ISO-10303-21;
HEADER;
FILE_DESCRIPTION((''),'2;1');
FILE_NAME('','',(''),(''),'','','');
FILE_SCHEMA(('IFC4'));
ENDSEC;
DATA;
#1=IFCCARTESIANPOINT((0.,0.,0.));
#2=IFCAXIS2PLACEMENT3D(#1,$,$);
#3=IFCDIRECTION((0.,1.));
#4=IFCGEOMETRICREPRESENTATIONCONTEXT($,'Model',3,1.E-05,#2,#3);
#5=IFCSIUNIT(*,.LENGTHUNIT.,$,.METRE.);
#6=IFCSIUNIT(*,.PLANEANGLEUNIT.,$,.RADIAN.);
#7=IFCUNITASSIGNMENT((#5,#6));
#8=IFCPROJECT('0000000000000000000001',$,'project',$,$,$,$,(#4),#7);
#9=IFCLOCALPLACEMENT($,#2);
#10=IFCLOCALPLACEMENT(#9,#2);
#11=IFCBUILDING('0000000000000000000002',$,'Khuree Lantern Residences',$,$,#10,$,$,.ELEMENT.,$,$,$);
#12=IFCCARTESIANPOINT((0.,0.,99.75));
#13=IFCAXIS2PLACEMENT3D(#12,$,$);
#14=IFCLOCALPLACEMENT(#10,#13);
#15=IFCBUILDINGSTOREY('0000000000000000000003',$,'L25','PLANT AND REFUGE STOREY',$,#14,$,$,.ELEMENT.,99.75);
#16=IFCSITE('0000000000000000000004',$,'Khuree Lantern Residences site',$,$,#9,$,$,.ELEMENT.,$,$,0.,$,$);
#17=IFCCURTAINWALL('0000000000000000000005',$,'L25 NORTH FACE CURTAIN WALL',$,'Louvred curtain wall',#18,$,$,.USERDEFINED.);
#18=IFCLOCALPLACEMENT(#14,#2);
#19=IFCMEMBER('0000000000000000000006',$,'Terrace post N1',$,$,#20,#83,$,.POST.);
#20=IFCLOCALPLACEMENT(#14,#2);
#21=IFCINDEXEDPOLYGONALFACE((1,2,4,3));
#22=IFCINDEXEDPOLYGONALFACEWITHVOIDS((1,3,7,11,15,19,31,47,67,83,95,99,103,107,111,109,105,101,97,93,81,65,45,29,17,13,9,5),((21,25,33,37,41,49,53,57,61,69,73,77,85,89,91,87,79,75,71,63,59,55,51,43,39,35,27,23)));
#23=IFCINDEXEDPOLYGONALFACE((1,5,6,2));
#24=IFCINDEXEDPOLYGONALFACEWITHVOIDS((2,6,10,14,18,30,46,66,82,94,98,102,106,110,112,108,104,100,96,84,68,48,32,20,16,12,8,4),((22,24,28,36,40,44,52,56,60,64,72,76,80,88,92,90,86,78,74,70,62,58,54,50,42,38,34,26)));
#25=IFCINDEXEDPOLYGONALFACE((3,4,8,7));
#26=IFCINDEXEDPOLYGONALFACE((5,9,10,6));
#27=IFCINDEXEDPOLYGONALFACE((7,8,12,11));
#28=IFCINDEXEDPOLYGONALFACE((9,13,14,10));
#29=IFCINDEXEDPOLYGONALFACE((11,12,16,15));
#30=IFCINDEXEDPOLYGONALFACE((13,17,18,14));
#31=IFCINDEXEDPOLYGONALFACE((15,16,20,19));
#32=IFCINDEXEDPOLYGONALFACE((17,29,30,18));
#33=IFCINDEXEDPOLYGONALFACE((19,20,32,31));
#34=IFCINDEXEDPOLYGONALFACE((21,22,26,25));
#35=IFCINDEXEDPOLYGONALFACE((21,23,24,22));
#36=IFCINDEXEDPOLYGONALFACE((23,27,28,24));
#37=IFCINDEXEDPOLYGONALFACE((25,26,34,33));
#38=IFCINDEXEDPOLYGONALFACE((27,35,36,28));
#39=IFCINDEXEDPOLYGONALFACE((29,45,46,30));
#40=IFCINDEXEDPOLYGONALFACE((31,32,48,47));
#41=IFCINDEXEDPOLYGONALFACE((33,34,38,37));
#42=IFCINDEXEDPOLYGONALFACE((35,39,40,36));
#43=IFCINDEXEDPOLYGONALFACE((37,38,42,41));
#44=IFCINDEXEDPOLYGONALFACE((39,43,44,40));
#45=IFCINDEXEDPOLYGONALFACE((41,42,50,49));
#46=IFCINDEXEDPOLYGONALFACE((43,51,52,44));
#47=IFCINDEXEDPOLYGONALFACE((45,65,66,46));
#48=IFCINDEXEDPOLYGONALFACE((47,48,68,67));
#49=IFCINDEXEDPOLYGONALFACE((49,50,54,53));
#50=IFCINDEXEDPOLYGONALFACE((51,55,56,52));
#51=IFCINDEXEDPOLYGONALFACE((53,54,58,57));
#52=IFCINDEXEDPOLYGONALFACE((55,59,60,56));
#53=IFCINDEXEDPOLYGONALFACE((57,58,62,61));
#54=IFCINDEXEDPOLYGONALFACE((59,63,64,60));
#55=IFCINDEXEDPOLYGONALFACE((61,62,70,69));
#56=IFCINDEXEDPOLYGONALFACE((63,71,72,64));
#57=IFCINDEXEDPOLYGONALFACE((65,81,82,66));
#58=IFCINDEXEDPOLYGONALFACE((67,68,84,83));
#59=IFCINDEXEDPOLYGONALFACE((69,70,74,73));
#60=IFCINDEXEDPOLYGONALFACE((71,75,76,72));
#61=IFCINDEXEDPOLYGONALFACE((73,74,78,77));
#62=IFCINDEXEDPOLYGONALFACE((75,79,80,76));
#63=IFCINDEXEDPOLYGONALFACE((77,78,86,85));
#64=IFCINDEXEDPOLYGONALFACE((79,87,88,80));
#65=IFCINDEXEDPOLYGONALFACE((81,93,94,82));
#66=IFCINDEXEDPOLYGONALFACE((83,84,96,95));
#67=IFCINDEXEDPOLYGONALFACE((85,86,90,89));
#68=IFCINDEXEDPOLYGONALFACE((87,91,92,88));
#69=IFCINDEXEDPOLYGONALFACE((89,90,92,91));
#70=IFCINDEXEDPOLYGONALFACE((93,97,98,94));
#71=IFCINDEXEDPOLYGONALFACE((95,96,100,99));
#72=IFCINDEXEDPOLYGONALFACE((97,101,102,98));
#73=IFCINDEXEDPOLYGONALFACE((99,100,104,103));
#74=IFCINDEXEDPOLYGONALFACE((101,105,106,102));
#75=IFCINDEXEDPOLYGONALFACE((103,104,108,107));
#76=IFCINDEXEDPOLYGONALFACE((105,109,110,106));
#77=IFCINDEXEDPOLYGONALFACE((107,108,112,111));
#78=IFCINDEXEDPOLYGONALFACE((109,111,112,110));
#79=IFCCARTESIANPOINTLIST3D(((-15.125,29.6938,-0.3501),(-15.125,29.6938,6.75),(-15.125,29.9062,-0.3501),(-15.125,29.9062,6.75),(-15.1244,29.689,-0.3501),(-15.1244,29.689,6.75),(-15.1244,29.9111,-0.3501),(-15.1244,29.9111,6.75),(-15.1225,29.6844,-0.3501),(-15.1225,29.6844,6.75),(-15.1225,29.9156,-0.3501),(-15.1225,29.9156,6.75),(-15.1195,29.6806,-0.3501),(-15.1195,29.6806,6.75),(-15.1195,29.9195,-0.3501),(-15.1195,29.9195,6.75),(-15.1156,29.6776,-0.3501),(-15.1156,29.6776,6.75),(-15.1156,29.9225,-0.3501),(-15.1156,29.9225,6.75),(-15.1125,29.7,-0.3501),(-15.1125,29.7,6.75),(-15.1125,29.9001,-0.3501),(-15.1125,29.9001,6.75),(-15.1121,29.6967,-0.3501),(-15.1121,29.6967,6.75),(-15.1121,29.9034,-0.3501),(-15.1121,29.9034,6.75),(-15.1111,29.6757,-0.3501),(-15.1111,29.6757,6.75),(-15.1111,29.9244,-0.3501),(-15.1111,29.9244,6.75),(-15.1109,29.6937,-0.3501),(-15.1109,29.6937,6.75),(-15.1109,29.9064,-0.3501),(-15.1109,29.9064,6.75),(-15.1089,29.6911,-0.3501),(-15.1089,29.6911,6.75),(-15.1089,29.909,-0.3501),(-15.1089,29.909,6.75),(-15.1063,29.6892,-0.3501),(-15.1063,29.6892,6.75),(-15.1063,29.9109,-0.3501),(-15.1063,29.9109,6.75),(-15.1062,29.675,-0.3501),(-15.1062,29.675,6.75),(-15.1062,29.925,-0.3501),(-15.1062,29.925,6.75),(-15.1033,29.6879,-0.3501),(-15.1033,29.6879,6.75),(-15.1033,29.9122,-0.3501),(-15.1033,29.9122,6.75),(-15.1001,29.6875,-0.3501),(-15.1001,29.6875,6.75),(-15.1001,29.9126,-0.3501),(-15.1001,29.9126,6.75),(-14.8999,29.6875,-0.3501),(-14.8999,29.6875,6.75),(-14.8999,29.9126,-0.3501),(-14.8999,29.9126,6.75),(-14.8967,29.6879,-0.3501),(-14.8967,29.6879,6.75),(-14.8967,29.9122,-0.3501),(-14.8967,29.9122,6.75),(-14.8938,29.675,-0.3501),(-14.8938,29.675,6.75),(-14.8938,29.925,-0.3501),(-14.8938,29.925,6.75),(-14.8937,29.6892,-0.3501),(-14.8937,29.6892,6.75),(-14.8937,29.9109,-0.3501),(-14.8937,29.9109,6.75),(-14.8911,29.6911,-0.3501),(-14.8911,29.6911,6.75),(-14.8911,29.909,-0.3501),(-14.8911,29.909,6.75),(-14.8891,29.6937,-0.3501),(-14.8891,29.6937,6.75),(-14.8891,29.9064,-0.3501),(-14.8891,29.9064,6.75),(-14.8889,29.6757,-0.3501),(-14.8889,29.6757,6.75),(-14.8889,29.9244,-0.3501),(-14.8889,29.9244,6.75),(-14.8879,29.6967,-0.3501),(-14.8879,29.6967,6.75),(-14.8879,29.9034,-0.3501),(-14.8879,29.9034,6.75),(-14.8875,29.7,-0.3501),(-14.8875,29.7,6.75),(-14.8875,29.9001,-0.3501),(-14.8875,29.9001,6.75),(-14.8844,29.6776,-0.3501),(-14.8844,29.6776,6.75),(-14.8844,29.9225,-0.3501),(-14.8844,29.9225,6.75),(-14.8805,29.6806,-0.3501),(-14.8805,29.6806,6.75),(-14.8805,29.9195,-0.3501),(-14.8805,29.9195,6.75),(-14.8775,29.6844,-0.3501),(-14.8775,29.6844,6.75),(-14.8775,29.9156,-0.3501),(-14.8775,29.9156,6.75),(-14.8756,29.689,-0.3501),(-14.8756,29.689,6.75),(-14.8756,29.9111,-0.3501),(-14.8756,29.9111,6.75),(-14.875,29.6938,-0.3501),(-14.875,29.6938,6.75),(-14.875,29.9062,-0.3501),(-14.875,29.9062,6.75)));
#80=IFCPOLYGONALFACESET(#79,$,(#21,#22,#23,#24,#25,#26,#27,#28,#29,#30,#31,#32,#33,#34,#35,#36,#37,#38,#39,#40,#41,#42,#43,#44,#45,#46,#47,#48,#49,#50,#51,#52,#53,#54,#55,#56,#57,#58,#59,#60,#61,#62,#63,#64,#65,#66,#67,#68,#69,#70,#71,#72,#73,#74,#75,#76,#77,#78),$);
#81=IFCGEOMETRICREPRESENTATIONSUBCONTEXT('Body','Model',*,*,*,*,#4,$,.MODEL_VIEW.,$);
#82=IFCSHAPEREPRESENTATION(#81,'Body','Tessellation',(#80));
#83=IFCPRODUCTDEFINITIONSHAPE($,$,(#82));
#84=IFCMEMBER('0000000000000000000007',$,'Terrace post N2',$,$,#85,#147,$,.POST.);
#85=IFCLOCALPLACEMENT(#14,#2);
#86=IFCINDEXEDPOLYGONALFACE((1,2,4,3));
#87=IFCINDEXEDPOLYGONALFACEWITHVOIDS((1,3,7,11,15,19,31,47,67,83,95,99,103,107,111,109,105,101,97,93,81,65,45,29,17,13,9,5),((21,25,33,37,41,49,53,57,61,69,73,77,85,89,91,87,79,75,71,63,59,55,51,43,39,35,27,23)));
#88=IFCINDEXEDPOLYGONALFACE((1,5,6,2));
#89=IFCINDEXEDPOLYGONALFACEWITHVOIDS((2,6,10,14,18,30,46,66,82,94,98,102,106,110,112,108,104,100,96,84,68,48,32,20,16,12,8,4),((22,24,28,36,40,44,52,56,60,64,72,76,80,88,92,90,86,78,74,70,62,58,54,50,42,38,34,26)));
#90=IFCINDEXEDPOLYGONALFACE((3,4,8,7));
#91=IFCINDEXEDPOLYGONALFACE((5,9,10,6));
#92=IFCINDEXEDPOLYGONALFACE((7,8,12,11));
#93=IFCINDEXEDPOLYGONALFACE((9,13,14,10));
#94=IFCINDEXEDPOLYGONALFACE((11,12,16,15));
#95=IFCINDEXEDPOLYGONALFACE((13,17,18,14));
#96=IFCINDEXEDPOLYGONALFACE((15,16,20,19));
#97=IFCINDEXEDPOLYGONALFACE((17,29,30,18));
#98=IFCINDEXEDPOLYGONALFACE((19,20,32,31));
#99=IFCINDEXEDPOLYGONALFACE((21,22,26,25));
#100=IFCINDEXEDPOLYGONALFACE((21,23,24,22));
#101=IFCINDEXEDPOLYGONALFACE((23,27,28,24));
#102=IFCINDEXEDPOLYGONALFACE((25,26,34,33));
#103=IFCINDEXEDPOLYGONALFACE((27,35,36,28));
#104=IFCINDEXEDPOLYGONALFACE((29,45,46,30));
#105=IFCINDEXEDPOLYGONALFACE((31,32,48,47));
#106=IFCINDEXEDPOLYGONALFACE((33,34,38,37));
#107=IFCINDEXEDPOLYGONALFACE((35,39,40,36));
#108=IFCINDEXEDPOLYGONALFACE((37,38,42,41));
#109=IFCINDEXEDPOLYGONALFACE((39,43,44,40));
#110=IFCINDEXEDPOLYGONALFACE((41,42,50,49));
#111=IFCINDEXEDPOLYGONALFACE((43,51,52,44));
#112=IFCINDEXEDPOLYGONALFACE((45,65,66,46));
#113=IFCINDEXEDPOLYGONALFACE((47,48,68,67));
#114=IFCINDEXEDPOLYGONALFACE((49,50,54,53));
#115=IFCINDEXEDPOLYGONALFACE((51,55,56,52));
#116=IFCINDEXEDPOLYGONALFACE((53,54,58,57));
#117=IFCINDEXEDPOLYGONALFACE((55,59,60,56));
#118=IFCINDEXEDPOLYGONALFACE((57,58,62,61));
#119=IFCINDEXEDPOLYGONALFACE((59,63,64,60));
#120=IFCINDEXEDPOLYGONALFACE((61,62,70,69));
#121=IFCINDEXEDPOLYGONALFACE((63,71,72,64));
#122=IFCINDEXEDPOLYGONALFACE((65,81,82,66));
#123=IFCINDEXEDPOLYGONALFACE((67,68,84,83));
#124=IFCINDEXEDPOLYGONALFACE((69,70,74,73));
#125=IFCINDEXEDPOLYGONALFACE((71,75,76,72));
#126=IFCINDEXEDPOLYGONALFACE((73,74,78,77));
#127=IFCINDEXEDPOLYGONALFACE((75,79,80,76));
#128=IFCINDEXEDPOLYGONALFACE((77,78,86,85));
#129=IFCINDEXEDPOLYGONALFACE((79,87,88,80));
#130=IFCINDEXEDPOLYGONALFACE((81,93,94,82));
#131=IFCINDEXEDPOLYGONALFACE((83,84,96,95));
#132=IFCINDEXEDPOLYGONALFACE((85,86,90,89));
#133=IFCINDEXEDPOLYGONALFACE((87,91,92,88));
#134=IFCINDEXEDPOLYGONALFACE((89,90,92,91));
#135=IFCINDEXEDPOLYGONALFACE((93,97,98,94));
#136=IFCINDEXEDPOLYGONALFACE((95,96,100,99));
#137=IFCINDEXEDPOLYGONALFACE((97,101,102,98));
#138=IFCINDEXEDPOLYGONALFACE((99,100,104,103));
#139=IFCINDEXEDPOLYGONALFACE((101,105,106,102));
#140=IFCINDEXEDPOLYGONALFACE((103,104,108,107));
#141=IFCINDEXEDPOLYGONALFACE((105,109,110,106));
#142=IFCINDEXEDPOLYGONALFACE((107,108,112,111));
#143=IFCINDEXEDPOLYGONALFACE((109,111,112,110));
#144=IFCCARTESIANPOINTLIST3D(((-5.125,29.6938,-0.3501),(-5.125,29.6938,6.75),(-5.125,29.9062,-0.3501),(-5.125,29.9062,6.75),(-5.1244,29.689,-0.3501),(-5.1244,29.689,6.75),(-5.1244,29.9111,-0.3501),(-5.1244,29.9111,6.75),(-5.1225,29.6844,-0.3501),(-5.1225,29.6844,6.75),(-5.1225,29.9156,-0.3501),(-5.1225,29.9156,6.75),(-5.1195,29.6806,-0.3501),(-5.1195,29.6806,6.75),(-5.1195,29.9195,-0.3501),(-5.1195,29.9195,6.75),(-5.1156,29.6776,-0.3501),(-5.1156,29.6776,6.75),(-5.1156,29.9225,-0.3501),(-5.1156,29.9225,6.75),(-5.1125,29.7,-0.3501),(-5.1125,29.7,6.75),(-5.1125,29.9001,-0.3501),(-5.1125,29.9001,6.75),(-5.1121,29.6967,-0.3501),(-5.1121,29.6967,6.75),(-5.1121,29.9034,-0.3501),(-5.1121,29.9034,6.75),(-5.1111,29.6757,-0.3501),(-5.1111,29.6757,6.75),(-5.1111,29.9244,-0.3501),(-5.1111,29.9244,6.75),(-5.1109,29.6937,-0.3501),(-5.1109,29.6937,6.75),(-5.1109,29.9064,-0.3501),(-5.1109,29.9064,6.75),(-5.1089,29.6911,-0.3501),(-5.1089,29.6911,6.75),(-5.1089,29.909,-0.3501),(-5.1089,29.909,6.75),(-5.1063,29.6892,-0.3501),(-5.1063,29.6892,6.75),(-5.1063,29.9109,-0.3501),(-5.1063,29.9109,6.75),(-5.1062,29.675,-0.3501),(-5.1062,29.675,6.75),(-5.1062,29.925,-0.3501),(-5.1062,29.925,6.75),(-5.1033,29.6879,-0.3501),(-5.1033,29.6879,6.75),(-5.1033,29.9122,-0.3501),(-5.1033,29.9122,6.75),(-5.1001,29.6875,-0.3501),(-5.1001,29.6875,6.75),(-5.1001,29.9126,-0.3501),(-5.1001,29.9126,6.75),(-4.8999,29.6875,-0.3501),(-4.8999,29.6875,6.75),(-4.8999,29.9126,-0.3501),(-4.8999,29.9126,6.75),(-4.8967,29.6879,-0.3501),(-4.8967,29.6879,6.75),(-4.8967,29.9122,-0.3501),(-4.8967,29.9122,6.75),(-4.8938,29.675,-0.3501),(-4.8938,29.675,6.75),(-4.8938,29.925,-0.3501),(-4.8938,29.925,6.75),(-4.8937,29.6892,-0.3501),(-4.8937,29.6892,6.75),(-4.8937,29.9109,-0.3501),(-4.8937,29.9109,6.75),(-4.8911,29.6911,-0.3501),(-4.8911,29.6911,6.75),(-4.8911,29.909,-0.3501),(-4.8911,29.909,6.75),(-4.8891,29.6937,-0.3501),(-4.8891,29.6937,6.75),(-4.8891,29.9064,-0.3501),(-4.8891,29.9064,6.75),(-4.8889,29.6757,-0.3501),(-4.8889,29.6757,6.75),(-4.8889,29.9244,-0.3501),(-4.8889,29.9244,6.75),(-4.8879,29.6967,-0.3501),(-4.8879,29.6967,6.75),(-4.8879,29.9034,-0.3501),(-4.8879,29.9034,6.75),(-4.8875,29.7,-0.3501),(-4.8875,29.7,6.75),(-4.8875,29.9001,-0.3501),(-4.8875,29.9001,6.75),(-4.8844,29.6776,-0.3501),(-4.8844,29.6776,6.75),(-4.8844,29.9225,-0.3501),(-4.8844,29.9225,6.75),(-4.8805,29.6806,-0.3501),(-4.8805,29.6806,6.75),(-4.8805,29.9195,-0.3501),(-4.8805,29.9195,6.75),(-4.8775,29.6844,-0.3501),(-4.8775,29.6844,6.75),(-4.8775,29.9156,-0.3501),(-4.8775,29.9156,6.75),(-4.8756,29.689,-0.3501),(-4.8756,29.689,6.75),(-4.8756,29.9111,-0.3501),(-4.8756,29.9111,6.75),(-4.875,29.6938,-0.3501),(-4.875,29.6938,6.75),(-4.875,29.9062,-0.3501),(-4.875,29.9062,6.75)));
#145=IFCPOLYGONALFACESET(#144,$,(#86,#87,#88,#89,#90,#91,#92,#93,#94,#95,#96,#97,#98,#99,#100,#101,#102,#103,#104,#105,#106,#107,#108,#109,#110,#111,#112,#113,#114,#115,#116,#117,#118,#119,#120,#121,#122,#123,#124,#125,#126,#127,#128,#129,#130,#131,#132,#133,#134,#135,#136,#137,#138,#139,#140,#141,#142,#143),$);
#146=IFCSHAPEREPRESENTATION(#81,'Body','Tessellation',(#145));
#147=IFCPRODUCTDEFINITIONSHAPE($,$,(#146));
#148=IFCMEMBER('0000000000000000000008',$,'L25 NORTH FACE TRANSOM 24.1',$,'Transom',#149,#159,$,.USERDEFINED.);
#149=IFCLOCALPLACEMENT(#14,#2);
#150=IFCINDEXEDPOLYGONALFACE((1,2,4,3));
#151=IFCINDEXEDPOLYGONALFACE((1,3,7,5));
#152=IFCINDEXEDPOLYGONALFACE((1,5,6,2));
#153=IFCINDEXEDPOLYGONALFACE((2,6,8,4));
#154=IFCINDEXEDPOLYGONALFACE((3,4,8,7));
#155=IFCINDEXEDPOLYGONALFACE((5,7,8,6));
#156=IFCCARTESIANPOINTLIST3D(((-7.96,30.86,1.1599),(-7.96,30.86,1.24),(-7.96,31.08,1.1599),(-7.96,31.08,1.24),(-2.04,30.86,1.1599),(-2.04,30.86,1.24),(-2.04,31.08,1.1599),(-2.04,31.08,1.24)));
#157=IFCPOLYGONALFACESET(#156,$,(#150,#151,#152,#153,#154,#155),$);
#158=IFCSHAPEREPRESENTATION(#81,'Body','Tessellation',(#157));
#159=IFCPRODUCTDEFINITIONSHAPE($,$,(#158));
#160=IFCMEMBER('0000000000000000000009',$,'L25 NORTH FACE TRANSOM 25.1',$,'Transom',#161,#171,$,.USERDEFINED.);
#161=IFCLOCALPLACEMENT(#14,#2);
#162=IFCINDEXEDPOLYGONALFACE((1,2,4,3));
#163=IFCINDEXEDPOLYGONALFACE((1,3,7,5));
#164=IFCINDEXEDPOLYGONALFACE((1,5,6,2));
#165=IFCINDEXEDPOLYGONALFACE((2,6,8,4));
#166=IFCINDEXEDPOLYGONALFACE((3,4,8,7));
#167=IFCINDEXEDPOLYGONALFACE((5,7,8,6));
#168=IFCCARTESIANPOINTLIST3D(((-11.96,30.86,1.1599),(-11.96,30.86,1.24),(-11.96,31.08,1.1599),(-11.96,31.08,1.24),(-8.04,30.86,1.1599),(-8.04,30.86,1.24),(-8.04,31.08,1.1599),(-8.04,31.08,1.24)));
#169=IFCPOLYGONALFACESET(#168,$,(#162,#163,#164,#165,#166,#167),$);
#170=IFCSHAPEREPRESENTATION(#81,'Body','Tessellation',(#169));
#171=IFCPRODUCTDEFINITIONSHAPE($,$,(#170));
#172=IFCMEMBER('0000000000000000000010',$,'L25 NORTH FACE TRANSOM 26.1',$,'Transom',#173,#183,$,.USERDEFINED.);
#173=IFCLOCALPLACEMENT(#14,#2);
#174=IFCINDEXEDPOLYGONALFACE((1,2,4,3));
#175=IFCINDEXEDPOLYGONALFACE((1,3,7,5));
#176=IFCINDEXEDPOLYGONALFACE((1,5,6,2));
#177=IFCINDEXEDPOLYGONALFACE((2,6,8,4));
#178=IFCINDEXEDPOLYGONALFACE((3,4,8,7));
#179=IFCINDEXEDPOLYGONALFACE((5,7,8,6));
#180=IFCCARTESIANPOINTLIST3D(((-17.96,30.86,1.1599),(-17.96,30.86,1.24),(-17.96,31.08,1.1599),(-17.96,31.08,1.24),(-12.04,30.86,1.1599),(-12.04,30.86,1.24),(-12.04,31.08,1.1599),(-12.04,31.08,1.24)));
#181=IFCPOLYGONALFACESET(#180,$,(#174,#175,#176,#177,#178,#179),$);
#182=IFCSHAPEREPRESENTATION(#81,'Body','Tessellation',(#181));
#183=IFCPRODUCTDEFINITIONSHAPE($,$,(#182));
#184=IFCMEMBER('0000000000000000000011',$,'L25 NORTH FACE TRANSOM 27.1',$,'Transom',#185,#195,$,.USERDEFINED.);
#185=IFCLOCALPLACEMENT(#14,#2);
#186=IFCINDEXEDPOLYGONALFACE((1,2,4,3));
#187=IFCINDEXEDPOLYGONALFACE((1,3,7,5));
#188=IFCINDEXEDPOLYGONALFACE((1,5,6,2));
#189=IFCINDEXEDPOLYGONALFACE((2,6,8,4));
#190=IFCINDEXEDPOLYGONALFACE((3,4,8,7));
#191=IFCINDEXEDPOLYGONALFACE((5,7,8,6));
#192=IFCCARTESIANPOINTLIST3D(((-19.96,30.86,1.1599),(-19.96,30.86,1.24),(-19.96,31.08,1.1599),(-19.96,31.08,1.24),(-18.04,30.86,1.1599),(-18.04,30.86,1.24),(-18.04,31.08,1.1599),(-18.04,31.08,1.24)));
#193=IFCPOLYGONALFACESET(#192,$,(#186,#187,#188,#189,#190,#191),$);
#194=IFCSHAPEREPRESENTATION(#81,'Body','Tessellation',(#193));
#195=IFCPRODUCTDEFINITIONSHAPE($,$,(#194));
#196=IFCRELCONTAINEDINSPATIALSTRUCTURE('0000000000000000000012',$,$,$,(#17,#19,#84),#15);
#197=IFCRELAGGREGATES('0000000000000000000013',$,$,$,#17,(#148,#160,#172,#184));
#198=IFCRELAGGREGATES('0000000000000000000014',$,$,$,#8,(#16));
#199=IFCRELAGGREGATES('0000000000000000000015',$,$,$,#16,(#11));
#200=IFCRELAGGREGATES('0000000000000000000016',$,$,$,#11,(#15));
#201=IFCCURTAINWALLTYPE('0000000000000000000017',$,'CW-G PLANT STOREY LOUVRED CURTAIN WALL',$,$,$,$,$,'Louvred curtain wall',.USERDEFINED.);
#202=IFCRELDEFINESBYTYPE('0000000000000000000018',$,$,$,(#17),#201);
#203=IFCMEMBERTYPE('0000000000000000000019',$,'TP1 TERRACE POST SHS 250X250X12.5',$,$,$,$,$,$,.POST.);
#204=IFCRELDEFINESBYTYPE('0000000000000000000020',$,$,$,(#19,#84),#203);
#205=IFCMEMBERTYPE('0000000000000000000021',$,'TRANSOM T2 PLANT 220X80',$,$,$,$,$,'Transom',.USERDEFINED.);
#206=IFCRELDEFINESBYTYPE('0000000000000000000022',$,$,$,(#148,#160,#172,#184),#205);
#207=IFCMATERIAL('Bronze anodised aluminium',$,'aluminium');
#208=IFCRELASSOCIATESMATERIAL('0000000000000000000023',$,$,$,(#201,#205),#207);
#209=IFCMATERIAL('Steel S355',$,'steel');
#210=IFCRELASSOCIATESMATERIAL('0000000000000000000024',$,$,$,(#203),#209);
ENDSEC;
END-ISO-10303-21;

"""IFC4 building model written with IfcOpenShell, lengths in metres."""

from ifc_helpers import new_model, si_unit, direction, frame, origin, origin_2d, place, context, subcontext, project, spatial, rectangle, hollow_rectangle, extrude, material, material_profile, profile_set, type_object, element, aggregate, save


model = new_model("IFC4")

# Units and contexts
model_context = context("Model", 3, precision=1e-05, world=origin(), true_north=direction((0.0, 1.0)))
body_context = subcontext(model_context, "Body", "Model", "MODEL_VIEW")
ifc_project = project(units=[si_unit("LENGTHUNIT", "METRE"), si_unit("PLANEANGLEUNIT", "RADIAN")], contexts=[model_context])

# Site, building, storey
site_placement = place(None, origin())
site = spatial("IfcSite", under=ifc_project, at=site_placement, Name="Khuree Lantern Residences site", CompositionType="ELEMENT", RefElevation=0.0)
building_placement = place(site_placement, origin())
building = spatial("IfcBuilding", under=site, at=building_placement, Name="Khuree Lantern Residences", CompositionType="ELEMENT")
storey_placement = place(building_placement, frame((0.0, 0.0, 99.75)))
storey = spatial("IfcBuildingStorey", under=building, at=storey_placement, Name="L25", Description="PLANT AND REFUGE STOREY", CompositionType="ELEMENT", Elevation=99.75)

# Shared definitions
ifc_material_1 = material(Name="Steel S355", Category="steel")

# Curtain wall
ifc_material_2 = material(Name="Bronze anodised aluminium", Category="aluminium")
curtain_wall_type = type_object("IfcCurtainWallType", Name="CW-G PLANT STOREY LOUVRED CURTAIN WALL", ElementType="Louvred curtain wall", PredefinedType="USERDEFINED", material=ifc_material_2)
curtain_wall_placement = place(storey_placement, origin())
curtain_wall = element("IfcCurtainWall", 1, at=curtain_wall_placement, inside=storey, type_object=curtain_wall_type, Name="L25 NORTH FACE CURTAIN WALL", ObjectType="Louvred curtain wall", PredefinedType="USERDEFINED")

# Members
ifc_material_profile_1 = material_profile(ifc_material_1, hollow_rectangle(XDim=0.25, YDim=0.25, WallThickness=0.0125, InnerFilletRadius=0.0125, OuterFilletRadius=0.0188, at=origin_2d()), Name="SHS 250X250X12.5")
ifc_profile_set_1 = profile_set([ifc_material_profile_1], Name="Steel S355")
member_type_1 = type_object("IfcMemberType", Name="TP1 TERRACE POST SHS 250X250X12.5", PredefinedType="POST", material=ifc_profile_set_1)
for number, where, z_axis, x_axis, name in (
    (2, (-15.0, 29.8, -0.3501), (0.0, 0.0, 1.0), (1.0, 0.0, 0.0), "Terrace post N1"),
    (3, (-5.0, 29.8, -0.3501), (0.0, 0.0, 1.0), (1.0, 0.0, 0.0), "Terrace post N2"),
):
    element("IfcMember", number, at=place(storey_placement, frame(where, z_axis=z_axis, x_axis=x_axis)), inside=storey, type_object=member_type_1, Name=name, PredefinedType="POST", context=body_context, shape_type="SweptSolid", body=[
        extrude(hollow_rectangle(XDim=0.25, YDim=0.25, WallThickness=0.0125, InnerFilletRadius=0.0125, OuterFilletRadius=0.0188, at=origin_2d()), origin(), (0.0, 0.0, 1.0), 7.1001),
    ])

# Members
ifc_material_profile_2 = material_profile(ifc_material_2, rectangle(XDim=0.22, YDim=0.0801, at=origin_2d()), Name="T2 220X80")
ifc_profile_set_2 = profile_set([ifc_material_profile_2], Name="Bronze anodised aluminium")
member_type_2 = type_object("IfcMemberType", Name="TRANSOM T2 PLANT 220X80", ElementType="Transom", PredefinedType="USERDEFINED", material=ifc_profile_set_2)
member_1_placement = place(storey_placement, frame((-2.04, 30.97, 1.2), z_axis=(-1.0, 0.0, 0.0), x_axis=(0.0, -1.0, 0.0)))
member_1 = element("IfcMember", 4, at=member_1_placement, type_object=member_type_2, Name="L25 NORTH FACE TRANSOM 24.1", ObjectType="Transom", PredefinedType="USERDEFINED", context=body_context, shape_type="SweptSolid", body=[
    extrude(rectangle(XDim=0.22, YDim=0.0801, at=origin_2d()), origin(), (0.0, 0.0, 1.0), 5.9199),
])
member_2_placement = place(storey_placement, frame((-8.04, 30.97, 1.2), z_axis=(-1.0, 0.0, 0.0), x_axis=(0.0, -1.0, 0.0)))
member_2 = element("IfcMember", 5, at=member_2_placement, type_object=member_type_2, Name="L25 NORTH FACE TRANSOM 25.1", ObjectType="Transom", PredefinedType="USERDEFINED", context=body_context, shape_type="SweptSolid", body=[
    extrude(rectangle(XDim=0.22, YDim=0.0801, at=origin_2d()), origin(), (0.0, 0.0, 1.0), 3.9199),
])
member_3_placement = place(storey_placement, frame((-12.04, 30.97, 1.2), z_axis=(-1.0, 0.0, 0.0), x_axis=(0.0, -1.0, 0.0)))
member_3 = element("IfcMember", 6, at=member_3_placement, type_object=member_type_2, Name="L25 NORTH FACE TRANSOM 26.1", ObjectType="Transom", PredefinedType="USERDEFINED", context=body_context, shape_type="SweptSolid", body=[
    extrude(rectangle(XDim=0.22, YDim=0.0801, at=origin_2d()), origin(), (0.0, 0.0, 1.0), 5.9199),
])
member_4_placement = place(storey_placement, frame((-18.04, 30.97, 1.2), z_axis=(-1.0, 0.0, 0.0), x_axis=(0.0, -1.0, 0.0)))
member_4 = element("IfcMember", 7, at=member_4_placement, type_object=member_type_2, Name="L25 NORTH FACE TRANSOM 27.1", ObjectType="Transom", PredefinedType="USERDEFINED", context=body_context, shape_type="SweptSolid", body=[
    extrude(rectangle(XDim=0.22, YDim=0.0801, at=origin_2d()), origin(), (0.0, 0.0, 1.0), 1.9199),
])

aggregate(curtain_wall, [member_1, member_2, member_3, member_4])

save(model, "model.ifc")
